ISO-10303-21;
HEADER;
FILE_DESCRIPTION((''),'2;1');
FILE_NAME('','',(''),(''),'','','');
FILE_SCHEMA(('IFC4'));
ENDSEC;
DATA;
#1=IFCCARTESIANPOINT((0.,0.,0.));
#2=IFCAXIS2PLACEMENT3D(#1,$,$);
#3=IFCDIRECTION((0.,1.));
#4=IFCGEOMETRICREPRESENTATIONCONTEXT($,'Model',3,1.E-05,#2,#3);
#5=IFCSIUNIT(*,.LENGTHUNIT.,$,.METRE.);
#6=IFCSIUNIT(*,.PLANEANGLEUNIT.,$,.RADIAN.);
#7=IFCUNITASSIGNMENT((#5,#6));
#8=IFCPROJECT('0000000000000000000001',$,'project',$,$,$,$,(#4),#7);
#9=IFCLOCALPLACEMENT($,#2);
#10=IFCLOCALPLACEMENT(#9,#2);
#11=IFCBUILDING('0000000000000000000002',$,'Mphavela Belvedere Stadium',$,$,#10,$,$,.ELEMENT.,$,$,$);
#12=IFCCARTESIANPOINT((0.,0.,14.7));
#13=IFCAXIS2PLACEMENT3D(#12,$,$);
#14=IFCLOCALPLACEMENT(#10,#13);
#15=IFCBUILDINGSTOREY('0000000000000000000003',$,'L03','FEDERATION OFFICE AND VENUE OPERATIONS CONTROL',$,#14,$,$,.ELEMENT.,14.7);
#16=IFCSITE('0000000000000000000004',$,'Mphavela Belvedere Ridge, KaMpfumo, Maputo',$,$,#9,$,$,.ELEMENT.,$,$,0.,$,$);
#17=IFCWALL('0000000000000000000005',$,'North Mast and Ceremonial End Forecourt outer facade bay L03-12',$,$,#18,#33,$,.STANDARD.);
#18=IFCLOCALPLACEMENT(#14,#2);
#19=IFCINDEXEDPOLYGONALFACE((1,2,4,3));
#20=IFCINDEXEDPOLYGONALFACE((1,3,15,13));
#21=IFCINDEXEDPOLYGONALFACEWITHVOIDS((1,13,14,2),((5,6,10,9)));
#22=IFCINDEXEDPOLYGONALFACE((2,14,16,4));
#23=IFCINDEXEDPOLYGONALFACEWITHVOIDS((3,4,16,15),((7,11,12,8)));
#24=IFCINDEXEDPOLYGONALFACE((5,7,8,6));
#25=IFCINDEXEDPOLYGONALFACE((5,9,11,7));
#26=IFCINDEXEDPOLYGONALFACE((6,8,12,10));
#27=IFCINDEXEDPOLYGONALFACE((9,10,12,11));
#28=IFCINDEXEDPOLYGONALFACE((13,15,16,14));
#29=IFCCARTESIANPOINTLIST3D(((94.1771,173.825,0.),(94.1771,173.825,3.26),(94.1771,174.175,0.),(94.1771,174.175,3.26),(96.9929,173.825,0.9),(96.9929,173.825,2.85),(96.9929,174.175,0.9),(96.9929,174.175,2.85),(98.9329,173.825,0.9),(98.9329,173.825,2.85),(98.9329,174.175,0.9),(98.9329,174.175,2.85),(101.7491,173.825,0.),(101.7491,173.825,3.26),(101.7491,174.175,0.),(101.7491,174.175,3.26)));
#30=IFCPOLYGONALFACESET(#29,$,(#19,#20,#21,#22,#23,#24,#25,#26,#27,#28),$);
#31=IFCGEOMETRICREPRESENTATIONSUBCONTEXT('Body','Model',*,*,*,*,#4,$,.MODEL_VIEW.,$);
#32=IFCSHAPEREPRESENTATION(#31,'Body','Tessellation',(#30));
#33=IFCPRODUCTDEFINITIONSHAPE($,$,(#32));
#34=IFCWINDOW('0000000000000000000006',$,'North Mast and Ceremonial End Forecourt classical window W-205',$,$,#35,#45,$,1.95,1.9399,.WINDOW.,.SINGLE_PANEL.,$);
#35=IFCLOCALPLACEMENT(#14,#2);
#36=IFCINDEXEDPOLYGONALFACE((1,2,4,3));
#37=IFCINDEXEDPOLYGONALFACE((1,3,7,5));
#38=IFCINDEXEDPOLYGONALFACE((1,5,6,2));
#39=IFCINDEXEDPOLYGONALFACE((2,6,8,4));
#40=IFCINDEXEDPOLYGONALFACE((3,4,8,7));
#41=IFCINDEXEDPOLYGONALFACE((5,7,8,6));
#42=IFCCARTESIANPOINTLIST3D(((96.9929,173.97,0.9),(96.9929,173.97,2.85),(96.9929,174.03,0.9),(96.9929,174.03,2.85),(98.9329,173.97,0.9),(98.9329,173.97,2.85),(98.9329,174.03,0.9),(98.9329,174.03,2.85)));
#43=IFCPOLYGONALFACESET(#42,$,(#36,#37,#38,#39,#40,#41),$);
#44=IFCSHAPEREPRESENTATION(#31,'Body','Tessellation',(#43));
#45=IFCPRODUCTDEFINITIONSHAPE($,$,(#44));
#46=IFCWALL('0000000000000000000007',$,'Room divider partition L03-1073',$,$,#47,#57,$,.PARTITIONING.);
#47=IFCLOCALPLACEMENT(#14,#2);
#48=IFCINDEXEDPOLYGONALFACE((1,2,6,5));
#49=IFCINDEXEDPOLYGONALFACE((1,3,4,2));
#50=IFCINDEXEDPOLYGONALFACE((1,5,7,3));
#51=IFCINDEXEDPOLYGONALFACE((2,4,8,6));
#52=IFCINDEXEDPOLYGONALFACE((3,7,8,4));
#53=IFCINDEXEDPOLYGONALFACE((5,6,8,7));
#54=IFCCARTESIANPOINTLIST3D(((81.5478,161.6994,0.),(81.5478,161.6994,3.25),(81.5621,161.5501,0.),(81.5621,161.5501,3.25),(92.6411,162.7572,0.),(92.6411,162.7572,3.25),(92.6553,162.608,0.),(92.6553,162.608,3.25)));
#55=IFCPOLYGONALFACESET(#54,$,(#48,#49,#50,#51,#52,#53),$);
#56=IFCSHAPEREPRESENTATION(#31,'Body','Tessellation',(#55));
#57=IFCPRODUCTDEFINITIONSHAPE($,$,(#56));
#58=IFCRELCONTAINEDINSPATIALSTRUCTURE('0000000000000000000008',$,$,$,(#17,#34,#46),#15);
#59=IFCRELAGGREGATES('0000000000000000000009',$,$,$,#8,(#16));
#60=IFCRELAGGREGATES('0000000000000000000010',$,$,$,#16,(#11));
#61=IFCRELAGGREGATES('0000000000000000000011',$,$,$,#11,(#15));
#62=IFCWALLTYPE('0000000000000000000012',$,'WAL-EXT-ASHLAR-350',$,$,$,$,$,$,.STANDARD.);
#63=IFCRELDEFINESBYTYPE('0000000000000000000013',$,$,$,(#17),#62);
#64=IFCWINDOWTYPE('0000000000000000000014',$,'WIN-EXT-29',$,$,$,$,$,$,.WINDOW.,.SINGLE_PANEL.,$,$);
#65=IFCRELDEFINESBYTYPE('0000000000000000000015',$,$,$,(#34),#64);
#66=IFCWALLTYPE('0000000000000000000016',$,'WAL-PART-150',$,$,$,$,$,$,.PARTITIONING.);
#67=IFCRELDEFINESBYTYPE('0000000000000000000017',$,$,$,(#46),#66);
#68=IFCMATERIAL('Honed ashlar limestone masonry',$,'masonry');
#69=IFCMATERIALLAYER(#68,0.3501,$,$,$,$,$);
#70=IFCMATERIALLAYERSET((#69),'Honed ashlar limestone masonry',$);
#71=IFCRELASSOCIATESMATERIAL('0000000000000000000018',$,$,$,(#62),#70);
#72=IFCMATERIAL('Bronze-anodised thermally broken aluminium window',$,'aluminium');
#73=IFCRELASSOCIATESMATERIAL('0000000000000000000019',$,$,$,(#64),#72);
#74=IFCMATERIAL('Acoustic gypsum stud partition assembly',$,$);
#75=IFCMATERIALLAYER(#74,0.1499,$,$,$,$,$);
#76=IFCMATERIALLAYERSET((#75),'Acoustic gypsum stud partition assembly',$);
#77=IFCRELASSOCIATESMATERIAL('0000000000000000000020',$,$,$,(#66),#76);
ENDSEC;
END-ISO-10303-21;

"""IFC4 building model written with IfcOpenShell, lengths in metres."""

from ifc_helpers import new_model, si_unit, direction, frame, frame_2d, origin, place, context, subcontext, project, spatial, rectangle, extrude, material, layer, layer_set, type_object, element, fill, save


model = new_model("IFC4")

# Units and contexts
model_context = context("Model", 3, precision=1e-05, world=origin(), true_north=direction((0.0, 1.0)))
body_context = subcontext(model_context, "Body", "Model", "MODEL_VIEW")
ifc_project = project(units=[si_unit("LENGTHUNIT", "METRE"), si_unit("PLANEANGLEUNIT", "RADIAN")], contexts=[model_context])

# Site, building, storey
site_placement = place(None, origin())
site = spatial("IfcSite", under=ifc_project, at=site_placement, Name="Mphavela Belvedere Ridge, KaMpfumo, Maputo", CompositionType="ELEMENT", RefElevation=0.0)
building_placement = place(site_placement, origin())
building = spatial("IfcBuilding", under=site, at=building_placement, Name="Mphavela Belvedere Stadium", CompositionType="ELEMENT")
storey_placement = place(building_placement, frame((0.0, 0.0, 14.7)))
storey = spatial("IfcBuildingStorey", under=building, at=storey_placement, Name="L03", Description="FEDERATION OFFICE AND VENUE OPERATIONS CONTROL", CompositionType="ELEMENT", Elevation=14.7)

# Wall, opening, window
ifc_material_1 = material(Name="Honed ashlar limestone masonry", Category="masonry")
ifc_layer_1 = layer(ifc_material_1, 0.3501)
ifc_layer_set_1 = layer_set([ifc_layer_1], Name="Honed ashlar limestone masonry")
wall_type_1 = type_object("IfcWallType", Name="WAL-EXT-ASHLAR-350", PredefinedType="STANDARD", material=ifc_layer_set_1)
wall_1_placement = place(storey_placement, frame((94.177, 174.0, 0.0), z_axis=(0.0, 0.0, 1.0), x_axis=(1.0, 0.0, 0.0)))
wall_1 = element("IfcWall", 1, at=wall_1_placement, inside=storey, type_object=wall_type_1, Name="North Mast and Ceremonial End Forecourt outer facade bay L03-12", PredefinedType="STANDARD", context=body_context, shape_type="SweptSolid", body=[
    extrude(rectangle(XDim=7.572, YDim=0.3501, at=frame_2d((3.7861, 0.0))), origin(), (0.0, 0.0, 1.0), 3.26),
])
opening_1_placement = place(wall_1_placement, frame((2.8159, 0.0, 0.8999)))
opening_1 = element("IfcOpeningElement", 2, at=opening_1_placement, cuts=wall_1, PredefinedType="OPENING", context=body_context, shape_type="SweptSolid", body=[
    extrude(rectangle(XDim=1.9399, YDim=1.95, at=frame_2d((0.97, 0.9751))), frame((0.0, 0.1851, 0.0), z_axis=(0.0, -1.0, 0.0), x_axis=(1.0, 0.0, 0.0)), (0.0, 0.0, 1.0), 0.3701),
])
ifc_material_2 = material(Name="Bronze-anodised thermally broken aluminium window", Category="aluminium")
window_type_1 = type_object("IfcWindowType", Name="WIN-EXT-29", PartitioningType="SINGLE_PANEL", PredefinedType="WINDOW", material=ifc_material_2)
window_1_placement = place(opening_1_placement, origin())
window_1 = element("IfcWindow", 3, at=window_1_placement, inside=storey, type_object=window_type_1, Name="North Mast and Ceremonial End Forecourt classical window W-205", OverallHeight=1.95, OverallWidth=1.9399, PartitioningType="SINGLE_PANEL", PredefinedType="WINDOW", context=body_context, shape_type="SweptSolid", body=[
    extrude(rectangle(XDim=1.9399, YDim=1.95, at=frame_2d((0.97, 0.9751))), frame((0.0, 0.03, 0.0), z_axis=(0.0, -1.0, 0.0), x_axis=(1.0, 0.0, 0.0)), (0.0, 0.0, 1.0), 0.0601),
])
fill(opening_1, window_1)

# Wall
ifc_material_3 = material(Name="Acoustic gypsum stud partition assembly")
ifc_layer_2 = layer(ifc_material_3, 0.1499)
ifc_layer_set_2 = layer_set([ifc_layer_2], Name="Acoustic gypsum stud partition assembly")
wall_type_2 = type_object("IfcWallType", Name="WAL-PART-150", PredefinedType="PARTITIONING", material=ifc_layer_set_2)
wall_2_placement = place(storey_placement, frame((92.6482, 162.6826, 0.0), z_axis=(0.0, 0.0, 1.0), x_axis=(-0.995484, -0.09493, 0.0)))
element("IfcWall", 4, at=wall_2_placement, inside=storey, type_object=wall_type_2, Name="Room divider partition L03-1073", PredefinedType="PARTITIONING", context=body_context, shape_type="SweptSolid", body=[
    extrude(rectangle(XDim=11.1436, YDim=0.1499, at=frame_2d((5.5718, 0.0))), origin(), (0.0, 0.0, 1.0), 3.25),
])

save(model, "model.ifc")
